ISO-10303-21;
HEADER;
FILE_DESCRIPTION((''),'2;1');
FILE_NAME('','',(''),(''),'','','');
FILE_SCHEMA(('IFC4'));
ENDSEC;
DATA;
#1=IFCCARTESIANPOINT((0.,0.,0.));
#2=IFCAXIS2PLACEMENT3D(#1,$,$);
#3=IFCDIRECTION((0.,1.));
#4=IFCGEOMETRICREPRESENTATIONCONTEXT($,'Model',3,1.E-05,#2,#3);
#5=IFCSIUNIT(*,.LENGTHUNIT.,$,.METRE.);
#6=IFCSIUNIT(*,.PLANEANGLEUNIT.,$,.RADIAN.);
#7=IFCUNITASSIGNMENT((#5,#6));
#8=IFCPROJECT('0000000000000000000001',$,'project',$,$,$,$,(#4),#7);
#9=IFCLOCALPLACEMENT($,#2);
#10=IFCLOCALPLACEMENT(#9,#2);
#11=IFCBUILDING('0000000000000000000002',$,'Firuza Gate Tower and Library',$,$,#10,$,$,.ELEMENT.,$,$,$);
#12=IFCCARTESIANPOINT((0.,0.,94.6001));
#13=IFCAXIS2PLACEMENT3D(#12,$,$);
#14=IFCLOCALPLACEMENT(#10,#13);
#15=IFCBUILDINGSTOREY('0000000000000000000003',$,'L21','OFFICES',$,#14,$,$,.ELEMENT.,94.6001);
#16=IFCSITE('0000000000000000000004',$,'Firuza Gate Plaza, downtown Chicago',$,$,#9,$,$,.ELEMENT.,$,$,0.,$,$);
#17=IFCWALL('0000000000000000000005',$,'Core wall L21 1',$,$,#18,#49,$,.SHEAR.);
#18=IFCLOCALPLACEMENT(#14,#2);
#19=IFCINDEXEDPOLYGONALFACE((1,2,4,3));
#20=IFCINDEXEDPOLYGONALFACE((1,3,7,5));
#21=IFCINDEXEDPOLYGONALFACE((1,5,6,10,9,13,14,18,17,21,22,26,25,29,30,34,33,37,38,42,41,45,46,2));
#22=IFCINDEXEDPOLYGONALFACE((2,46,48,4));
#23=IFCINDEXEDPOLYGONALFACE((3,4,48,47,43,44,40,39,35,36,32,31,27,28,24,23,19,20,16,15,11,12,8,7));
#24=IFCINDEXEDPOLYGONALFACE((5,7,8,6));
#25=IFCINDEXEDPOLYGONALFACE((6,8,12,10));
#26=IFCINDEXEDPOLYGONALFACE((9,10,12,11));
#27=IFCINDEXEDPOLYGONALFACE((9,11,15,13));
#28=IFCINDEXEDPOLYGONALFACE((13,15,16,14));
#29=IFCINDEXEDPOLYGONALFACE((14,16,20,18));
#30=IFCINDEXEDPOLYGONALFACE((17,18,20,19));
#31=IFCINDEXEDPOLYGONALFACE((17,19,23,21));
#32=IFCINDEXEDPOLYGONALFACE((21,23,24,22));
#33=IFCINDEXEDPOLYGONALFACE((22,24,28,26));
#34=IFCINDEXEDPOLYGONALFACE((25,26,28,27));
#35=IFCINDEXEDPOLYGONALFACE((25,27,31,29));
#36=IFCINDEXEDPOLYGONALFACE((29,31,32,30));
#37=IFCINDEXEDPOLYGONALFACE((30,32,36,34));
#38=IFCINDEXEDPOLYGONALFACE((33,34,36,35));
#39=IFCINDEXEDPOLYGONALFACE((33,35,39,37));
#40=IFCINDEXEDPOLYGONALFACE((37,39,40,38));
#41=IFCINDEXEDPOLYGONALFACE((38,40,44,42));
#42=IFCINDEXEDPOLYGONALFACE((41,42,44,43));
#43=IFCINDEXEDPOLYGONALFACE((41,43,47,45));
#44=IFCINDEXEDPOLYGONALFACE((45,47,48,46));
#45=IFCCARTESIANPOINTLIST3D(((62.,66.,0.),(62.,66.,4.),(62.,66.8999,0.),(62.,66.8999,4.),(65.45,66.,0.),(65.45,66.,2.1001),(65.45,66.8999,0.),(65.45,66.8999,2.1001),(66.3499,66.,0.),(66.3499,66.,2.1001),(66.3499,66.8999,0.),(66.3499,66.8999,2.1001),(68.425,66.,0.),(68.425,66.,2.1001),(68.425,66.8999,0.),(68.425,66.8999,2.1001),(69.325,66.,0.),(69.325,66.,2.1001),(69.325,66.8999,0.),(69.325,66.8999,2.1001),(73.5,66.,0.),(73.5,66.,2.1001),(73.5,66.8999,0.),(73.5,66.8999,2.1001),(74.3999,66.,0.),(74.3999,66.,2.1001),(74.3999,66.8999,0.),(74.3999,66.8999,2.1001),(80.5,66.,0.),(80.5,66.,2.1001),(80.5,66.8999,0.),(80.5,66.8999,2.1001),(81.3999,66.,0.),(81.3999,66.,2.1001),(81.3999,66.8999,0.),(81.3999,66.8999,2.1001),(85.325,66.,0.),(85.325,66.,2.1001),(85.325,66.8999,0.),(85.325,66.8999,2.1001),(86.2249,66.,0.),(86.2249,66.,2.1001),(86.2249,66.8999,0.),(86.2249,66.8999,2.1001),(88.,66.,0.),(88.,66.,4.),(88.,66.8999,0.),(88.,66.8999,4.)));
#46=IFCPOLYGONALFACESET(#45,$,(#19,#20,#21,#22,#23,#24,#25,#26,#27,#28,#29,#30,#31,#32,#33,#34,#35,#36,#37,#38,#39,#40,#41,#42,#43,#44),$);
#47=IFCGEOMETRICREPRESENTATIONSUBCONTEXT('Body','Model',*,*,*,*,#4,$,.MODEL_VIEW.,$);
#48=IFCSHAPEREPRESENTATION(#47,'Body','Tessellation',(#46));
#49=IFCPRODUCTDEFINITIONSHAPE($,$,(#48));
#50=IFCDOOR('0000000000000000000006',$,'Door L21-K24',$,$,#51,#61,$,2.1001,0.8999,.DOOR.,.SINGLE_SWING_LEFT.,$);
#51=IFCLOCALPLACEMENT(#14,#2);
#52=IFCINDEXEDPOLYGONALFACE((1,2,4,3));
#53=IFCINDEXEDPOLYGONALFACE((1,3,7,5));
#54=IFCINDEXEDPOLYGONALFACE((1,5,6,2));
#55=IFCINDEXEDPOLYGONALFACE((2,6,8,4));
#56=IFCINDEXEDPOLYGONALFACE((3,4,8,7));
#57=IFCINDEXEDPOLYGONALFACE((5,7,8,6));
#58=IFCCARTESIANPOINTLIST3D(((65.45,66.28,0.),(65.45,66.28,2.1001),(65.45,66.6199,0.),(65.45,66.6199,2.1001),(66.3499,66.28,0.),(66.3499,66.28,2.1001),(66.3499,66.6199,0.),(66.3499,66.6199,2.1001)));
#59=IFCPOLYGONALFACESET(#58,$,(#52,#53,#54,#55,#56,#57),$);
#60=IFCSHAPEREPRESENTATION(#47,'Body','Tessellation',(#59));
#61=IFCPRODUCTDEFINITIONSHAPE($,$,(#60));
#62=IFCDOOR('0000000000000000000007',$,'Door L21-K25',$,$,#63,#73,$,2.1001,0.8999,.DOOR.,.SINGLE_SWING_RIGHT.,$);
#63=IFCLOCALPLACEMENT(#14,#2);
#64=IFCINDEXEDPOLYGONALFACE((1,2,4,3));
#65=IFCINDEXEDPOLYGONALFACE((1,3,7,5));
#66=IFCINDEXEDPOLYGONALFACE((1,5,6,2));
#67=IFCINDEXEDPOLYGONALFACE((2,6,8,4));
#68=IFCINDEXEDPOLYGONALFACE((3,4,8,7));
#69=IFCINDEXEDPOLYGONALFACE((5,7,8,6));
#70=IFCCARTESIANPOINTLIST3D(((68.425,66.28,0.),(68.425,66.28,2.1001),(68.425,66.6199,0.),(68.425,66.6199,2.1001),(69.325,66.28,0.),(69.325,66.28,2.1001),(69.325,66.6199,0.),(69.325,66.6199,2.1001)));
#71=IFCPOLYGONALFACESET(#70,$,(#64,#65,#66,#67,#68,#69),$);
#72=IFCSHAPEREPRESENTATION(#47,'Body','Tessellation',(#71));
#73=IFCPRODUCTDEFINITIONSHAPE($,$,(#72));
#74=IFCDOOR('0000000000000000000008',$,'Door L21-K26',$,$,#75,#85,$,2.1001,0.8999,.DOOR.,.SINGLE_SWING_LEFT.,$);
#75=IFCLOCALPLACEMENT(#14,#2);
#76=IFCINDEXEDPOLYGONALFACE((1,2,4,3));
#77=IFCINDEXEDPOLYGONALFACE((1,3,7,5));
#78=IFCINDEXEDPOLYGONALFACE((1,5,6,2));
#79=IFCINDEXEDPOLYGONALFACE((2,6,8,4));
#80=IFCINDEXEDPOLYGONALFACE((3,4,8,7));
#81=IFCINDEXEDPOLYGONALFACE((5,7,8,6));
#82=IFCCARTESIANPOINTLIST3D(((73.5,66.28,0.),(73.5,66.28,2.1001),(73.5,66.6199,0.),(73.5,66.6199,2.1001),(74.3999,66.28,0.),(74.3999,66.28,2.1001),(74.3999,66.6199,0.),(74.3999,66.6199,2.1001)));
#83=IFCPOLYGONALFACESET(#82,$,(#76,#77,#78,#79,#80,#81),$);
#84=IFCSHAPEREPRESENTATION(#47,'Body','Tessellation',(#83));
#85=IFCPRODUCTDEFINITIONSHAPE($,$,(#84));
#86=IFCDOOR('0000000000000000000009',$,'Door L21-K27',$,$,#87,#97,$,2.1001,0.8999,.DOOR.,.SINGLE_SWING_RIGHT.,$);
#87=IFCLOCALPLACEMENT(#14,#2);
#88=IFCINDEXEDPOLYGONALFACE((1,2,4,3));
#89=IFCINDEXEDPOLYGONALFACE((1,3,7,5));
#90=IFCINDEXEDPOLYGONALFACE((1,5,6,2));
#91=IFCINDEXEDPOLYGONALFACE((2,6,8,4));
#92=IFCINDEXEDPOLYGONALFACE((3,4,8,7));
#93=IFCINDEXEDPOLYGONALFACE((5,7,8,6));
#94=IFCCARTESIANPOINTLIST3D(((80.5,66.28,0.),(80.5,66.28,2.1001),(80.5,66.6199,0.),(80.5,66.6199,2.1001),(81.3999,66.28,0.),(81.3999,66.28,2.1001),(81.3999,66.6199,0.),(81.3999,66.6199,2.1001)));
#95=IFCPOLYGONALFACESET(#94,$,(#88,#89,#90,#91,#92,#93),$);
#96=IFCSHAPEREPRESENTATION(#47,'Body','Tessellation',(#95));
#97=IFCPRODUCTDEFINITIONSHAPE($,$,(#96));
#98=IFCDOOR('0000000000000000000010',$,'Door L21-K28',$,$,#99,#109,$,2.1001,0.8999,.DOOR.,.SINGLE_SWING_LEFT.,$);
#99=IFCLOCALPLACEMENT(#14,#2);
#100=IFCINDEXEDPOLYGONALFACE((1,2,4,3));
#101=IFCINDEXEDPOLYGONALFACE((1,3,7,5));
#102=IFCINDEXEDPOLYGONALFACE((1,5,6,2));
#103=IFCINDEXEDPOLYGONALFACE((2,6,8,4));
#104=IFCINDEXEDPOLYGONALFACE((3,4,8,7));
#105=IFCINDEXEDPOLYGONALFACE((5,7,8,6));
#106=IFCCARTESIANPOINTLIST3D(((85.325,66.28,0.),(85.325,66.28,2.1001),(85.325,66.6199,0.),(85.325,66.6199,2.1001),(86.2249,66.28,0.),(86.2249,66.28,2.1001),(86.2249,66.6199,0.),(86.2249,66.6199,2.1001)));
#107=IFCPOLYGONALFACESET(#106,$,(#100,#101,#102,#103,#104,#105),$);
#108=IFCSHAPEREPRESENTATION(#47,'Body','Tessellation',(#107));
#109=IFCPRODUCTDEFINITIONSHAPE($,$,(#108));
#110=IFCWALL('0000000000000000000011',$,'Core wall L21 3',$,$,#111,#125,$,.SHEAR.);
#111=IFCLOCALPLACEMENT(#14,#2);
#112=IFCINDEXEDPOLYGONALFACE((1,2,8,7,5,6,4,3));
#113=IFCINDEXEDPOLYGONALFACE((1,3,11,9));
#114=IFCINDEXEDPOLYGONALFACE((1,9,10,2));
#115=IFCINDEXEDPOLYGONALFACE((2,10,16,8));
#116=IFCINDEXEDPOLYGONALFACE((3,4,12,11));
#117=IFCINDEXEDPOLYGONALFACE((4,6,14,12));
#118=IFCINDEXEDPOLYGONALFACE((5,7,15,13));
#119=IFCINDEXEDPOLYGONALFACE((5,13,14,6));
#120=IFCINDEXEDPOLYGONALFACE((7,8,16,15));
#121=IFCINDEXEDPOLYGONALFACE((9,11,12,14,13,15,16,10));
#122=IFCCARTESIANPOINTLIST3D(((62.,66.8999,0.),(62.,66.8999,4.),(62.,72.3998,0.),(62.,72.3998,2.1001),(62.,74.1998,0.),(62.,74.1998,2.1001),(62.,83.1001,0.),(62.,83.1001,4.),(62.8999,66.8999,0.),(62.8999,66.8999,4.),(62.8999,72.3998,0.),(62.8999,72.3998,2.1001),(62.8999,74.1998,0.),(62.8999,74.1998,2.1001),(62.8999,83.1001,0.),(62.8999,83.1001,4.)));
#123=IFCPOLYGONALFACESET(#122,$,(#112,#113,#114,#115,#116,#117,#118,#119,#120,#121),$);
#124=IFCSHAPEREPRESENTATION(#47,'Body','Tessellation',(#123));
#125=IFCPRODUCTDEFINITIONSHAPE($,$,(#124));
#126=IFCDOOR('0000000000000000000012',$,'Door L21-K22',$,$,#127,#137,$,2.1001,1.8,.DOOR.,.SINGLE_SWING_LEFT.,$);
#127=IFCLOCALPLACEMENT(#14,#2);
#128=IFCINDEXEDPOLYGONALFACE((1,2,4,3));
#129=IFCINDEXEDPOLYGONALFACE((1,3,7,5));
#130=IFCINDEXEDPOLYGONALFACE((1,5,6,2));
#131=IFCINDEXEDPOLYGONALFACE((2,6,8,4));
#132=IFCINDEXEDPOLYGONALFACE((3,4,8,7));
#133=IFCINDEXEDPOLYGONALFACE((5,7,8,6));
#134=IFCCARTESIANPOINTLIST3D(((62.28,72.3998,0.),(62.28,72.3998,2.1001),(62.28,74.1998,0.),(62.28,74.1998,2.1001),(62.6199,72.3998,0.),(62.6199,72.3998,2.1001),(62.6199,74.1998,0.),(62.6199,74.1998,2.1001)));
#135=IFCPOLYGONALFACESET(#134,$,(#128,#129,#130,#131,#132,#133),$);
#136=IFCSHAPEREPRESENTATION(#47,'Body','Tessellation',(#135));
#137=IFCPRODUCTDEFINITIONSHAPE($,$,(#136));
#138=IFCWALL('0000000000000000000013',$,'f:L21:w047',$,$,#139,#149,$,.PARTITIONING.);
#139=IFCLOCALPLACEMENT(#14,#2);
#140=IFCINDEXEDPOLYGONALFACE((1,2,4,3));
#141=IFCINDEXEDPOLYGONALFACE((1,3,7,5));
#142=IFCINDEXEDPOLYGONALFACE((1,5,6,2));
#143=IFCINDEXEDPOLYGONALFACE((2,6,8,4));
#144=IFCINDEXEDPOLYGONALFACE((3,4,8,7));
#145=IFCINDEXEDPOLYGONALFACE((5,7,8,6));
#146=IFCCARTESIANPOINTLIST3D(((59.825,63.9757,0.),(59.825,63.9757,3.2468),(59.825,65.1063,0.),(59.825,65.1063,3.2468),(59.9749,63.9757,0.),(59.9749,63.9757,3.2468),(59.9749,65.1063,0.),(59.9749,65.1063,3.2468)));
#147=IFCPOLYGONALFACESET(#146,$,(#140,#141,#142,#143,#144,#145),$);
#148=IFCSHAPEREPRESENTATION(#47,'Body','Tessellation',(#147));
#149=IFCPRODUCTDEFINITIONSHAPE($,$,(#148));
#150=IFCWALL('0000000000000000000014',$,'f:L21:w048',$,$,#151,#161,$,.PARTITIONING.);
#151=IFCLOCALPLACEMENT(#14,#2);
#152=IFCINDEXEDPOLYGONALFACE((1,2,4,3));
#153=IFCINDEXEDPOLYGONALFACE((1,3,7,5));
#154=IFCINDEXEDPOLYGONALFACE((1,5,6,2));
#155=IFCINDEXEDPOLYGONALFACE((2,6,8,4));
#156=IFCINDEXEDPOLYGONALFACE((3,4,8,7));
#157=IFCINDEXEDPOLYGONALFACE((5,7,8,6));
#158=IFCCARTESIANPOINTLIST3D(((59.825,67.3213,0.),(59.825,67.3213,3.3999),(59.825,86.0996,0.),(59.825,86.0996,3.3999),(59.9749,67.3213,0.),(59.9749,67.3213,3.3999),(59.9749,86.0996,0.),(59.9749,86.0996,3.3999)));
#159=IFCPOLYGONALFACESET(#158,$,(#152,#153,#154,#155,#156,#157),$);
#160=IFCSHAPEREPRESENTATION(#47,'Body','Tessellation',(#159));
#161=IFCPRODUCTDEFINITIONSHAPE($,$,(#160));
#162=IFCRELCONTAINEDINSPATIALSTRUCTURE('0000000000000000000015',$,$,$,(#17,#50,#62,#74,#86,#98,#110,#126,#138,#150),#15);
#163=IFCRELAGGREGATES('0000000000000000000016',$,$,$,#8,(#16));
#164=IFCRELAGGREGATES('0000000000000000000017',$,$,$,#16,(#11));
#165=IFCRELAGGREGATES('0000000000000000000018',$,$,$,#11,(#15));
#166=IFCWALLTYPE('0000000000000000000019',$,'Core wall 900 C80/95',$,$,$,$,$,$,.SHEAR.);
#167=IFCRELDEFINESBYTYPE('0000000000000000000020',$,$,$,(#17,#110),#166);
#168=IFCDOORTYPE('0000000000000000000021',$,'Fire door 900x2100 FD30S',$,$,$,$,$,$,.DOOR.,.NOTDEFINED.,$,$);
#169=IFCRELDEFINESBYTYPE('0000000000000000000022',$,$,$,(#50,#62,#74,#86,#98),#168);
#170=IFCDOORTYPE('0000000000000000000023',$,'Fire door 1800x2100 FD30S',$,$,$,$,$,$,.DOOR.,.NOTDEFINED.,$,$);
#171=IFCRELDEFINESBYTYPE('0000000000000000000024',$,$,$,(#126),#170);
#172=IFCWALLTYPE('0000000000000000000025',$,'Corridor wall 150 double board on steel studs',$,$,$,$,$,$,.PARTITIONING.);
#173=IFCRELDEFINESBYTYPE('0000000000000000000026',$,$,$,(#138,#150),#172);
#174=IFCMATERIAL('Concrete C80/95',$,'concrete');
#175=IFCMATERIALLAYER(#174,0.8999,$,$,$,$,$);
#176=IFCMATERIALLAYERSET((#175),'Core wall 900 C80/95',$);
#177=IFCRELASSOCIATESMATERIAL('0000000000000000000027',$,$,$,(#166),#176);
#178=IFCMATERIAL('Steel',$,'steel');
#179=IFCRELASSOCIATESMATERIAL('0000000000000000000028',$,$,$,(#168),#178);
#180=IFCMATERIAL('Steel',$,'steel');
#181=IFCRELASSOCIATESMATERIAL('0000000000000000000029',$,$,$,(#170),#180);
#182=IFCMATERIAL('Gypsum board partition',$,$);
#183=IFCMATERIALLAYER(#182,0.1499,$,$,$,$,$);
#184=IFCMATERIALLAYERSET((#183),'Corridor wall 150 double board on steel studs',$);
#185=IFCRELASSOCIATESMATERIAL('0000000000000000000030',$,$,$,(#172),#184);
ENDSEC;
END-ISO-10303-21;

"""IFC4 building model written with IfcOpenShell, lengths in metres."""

from ifc_helpers import new_model, si_unit, direction, frame, frame_2d, origin, place, context, subcontext, project, spatial, rectangle, extrude, material, layer, layer_set, type_object, element, fill, save


model = new_model("IFC4")

# Units and contexts
model_context = context("Model", 3, precision=1e-05, world=origin(), true_north=direction((0.0, 1.0)))
body_context = subcontext(model_context, "Body", "Model", "MODEL_VIEW")
ifc_project = project(units=[si_unit("LENGTHUNIT", "METRE"), si_unit("PLANEANGLEUNIT", "RADIAN")], contexts=[model_context])

# Site, building, storey
site_placement = place(None, origin())
site = spatial("IfcSite", under=ifc_project, at=site_placement, Name="Firuza Gate Plaza, downtown Chicago", CompositionType="ELEMENT", RefElevation=0.0)
building_placement = place(site_placement, origin())
building = spatial("IfcBuilding", under=site, at=building_placement, Name="Firuza Gate Tower and Library", CompositionType="ELEMENT")
storey_placement = place(building_placement, frame((0.0, 0.0, 94.6001)))
storey = spatial("IfcBuildingStorey", under=building, at=storey_placement, Name="L21", Description="OFFICES", CompositionType="ELEMENT", Elevation=94.6001)

# Wall, openings, doors
ifc_material_1 = material(Name="Concrete C80/95", Category="concrete")
ifc_layer_1 = layer(ifc_material_1, 0.8999)
ifc_layer_set_1 = layer_set([ifc_layer_1], Name="Core wall 900 C80/95")
wall_type_1 = type_object("IfcWallType", Name="Core wall 900 C80/95", PredefinedType="SHEAR", material=ifc_layer_set_1)
wall_1_placement = place(storey_placement, frame((62.0, 66.45, 0.0), z_axis=(0.0, 0.0, 1.0), x_axis=(1.0, 0.0, 0.0)))
wall_1 = element("IfcWall", 1, at=wall_1_placement, inside=storey, type_object=wall_type_1, Name="Core wall L21 1", PredefinedType="SHEAR", context=body_context, shape_type="SweptSolid", body=[
    extrude(rectangle(XDim=26.0, YDim=0.8999, at=frame_2d((13.0, 0.0))), origin(), (0.0, 0.0, 1.0), 4.0),
])
opening_1_placement = place(wall_1_placement, frame((3.45, 0.0, 0.0)))
opening_1 = element("IfcOpeningElement", 2, at=opening_1_placement, cuts=wall_1, PredefinedType="OPENING", context=body_context, shape_type="SweptSolid", body=[
    extrude(rectangle(XDim=0.8999, YDim=2.1001, at=frame_2d((0.45, 1.05))), frame((0.0, 0.46, 0.0), z_axis=(0.0, -1.0, 0.0), x_axis=(1.0, 0.0, 0.0)), (0.0, 0.0, 1.0), 0.9199),
])
opening_2_placement = place(wall_1_placement, frame((6.425, 0.0, 0.0)))
opening_2 = element("IfcOpeningElement", 3, at=opening_2_placement, cuts=wall_1, PredefinedType="OPENING", context=body_context, shape_type="SweptSolid", body=[
    extrude(rectangle(XDim=0.8999, YDim=2.1001, at=frame_2d((0.45, 1.05))), frame((0.0, 0.46, 0.0), z_axis=(0.0, -1.0, 0.0), x_axis=(1.0, 0.0, 0.0)), (0.0, 0.0, 1.0), 0.9199),
])
opening_3_placement = place(wall_1_placement, frame((11.5, 0.0, 0.0)))
opening_3 = element("IfcOpeningElement", 4, at=opening_3_placement, cuts=wall_1, PredefinedType="OPENING", context=body_context, shape_type="SweptSolid", body=[
    extrude(rectangle(XDim=0.8999, YDim=2.1001, at=frame_2d((0.45, 1.05))), frame((0.0, 0.46, 0.0), z_axis=(0.0, -1.0, 0.0), x_axis=(1.0, 0.0, 0.0)), (0.0, 0.0, 1.0), 0.9199),
])
opening_4_placement = place(wall_1_placement, frame((18.5, 0.0, 0.0)))
opening_4 = element("IfcOpeningElement", 5, at=opening_4_placement, cuts=wall_1, PredefinedType="OPENING", context=body_context, shape_type="SweptSolid", body=[
    extrude(rectangle(XDim=0.8999, YDim=2.1001, at=frame_2d((0.45, 1.05))), frame((0.0, 0.46, 0.0), z_axis=(0.0, -1.0, 0.0), x_axis=(1.0, 0.0, 0.0)), (0.0, 0.0, 1.0), 0.9199),
])
opening_5_placement = place(wall_1_placement, frame((23.325, 0.0, 0.0)))
opening_5 = element("IfcOpeningElement", 6, at=opening_5_placement, cuts=wall_1, PredefinedType="OPENING", context=body_context, shape_type="SweptSolid", body=[
    extrude(rectangle(XDim=0.8999, YDim=2.1001, at=frame_2d((0.45, 1.05))), frame((0.0, 0.46, 0.0), z_axis=(0.0, -1.0, 0.0), x_axis=(1.0, 0.0, 0.0)), (0.0, 0.0, 1.0), 0.9199),
])
ifc_material_2 = material(Name="Steel", Category="steel")
door_type_1 = type_object("IfcDoorType", Name="Fire door 900x2100 FD30S", OperationType="NOTDEFINED", PredefinedType="DOOR", material=ifc_material_2)
door_1_placement = place(opening_1_placement, origin())
door_1 = element("IfcDoor", 7, at=door_1_placement, inside=storey, type_object=door_type_1, Name="Door L21-K24", OperationType="SINGLE_SWING_LEFT", OverallHeight=2.1001, OverallWidth=0.8999, PredefinedType="DOOR", context=body_context, shape_type="SweptSolid", body=[
    extrude(rectangle(XDim=0.8999, YDim=2.1001, at=frame_2d((0.45, 1.05))), frame((0.0, 0.1699, 0.0), z_axis=(0.0, -1.0, 0.0), x_axis=(1.0, 0.0, 0.0)), (0.0, 0.0, 1.0), 0.3398),
])
fill(opening_1, door_1)
door_2_placement = place(opening_2_placement, origin())
door_2 = element("IfcDoor", 8, at=door_2_placement, inside=storey, type_object=door_type_1, Name="Door L21-K25", OperationType="SINGLE_SWING_RIGHT", OverallHeight=2.1001, OverallWidth=0.8999, PredefinedType="DOOR", context=body_context, shape_type="SweptSolid", body=[
    extrude(rectangle(XDim=0.8999, YDim=2.1001, at=frame_2d((0.45, 1.05))), frame((0.0, 0.1699, 0.0), z_axis=(0.0, -1.0, 0.0), x_axis=(1.0, 0.0, 0.0)), (0.0, 0.0, 1.0), 0.3398),
])
fill(opening_2, door_2)
door_3_placement = place(opening_3_placement, origin())
door_3 = element("IfcDoor", 9, at=door_3_placement, inside=storey, type_object=door_type_1, Name="Door L21-K26", OperationType="SINGLE_SWING_LEFT", OverallHeight=2.1001, OverallWidth=0.8999, PredefinedType="DOOR", context=body_context, shape_type="SweptSolid", body=[
    extrude(rectangle(XDim=0.8999, YDim=2.1001, at=frame_2d((0.45, 1.05))), frame((0.0, 0.1699, 0.0), z_axis=(0.0, -1.0, 0.0), x_axis=(1.0, 0.0, 0.0)), (0.0, 0.0, 1.0), 0.3398),
])
fill(opening_3, door_3)
door_4_placement = place(opening_4_placement, origin())
door_4 = element("IfcDoor", 10, at=door_4_placement, inside=storey, type_object=door_type_1, Name="Door L21-K27", OperationType="SINGLE_SWING_RIGHT", OverallHeight=2.1001, OverallWidth=0.8999, PredefinedType="DOOR", context=body_context, shape_type="SweptSolid", body=[
    extrude(rectangle(XDim=0.8999, YDim=2.1001, at=frame_2d((0.45, 1.05))), frame((0.0, 0.1699, 0.0), z_axis=(0.0, -1.0, 0.0), x_axis=(1.0, 0.0, 0.0)), (0.0, 0.0, 1.0), 0.3398),
])
fill(opening_4, door_4)
door_5_placement = place(opening_5_placement, origin())
door_5 = element("IfcDoor", 11, at=door_5_placement, inside=storey, type_object=door_type_1, Name="Door L21-K28", OperationType="SINGLE_SWING_LEFT", OverallHeight=2.1001, OverallWidth=0.8999, PredefinedType="DOOR", context=body_context, shape_type="SweptSolid", body=[
    extrude(rectangle(XDim=0.8999, YDim=2.1001, at=frame_2d((0.45, 1.05))), frame((0.0, 0.1699, 0.0), z_axis=(0.0, -1.0, 0.0), x_axis=(1.0, 0.0, 0.0)), (0.0, 0.0, 1.0), 0.3398),
])
fill(opening_5, door_5)

# Wall, opening, door
wall_2_placement = place(storey_placement, frame((62.45, 66.8999, 0.0), z_axis=(0.0, 0.0, 1.0), x_axis=(0.0, 1.0, 0.0)))
wall_2 = element("IfcWall", 12, at=wall_2_placement, inside=storey, type_object=wall_type_1, Name="Core wall L21 3", PredefinedType="SHEAR", context=body_context, shape_type="SweptSolid", body=[
    extrude(rectangle(XDim=16.2002, YDim=0.8999, at=frame_2d((8.1001, 0.0))), origin(), (0.0, 0.0, 1.0), 4.0),
])
opening_6_placement = place(wall_2_placement, frame((5.5, 0.0, 0.0)))
opening_6 = element("IfcOpeningElement", 13, at=opening_6_placement, cuts=wall_2, PredefinedType="OPENING", context=body_context, shape_type="SweptSolid", body=[
    extrude(rectangle(XDim=1.8, YDim=2.1001, at=frame_2d((0.8999, 1.05))), frame((0.0, 0.46, 0.0), z_axis=(0.0, -1.0, 0.0), x_axis=(1.0, 0.0, 0.0)), (0.0, 0.0, 1.0), 0.9199),
])
ifc_material_3 = material(Name="Steel", Category="steel")
door_type_2 = type_object("IfcDoorType", Name="Fire door 1800x2100 FD30S", OperationType="NOTDEFINED", PredefinedType="DOOR", material=ifc_material_3)
door_6_placement = place(opening_6_placement, origin())
door_6 = element("IfcDoor", 14, at=door_6_placement, inside=storey, type_object=door_type_2, Name="Door L21-K22", OperationType="SINGLE_SWING_LEFT", OverallHeight=2.1001, OverallWidth=1.8, PredefinedType="DOOR", context=body_context, shape_type="SweptSolid", body=[
    extrude(rectangle(XDim=1.8, YDim=2.1001, at=frame_2d((0.8999, 1.05))), frame((0.0, 0.1699, 0.0), z_axis=(0.0, -1.0, 0.0), x_axis=(1.0, 0.0, 0.0)), (0.0, 0.0, 1.0), 0.3398),
])
fill(opening_6, door_6)

# Walls
ifc_material_4 = material(Name="Gypsum board partition")
ifc_layer_2 = layer(ifc_material_4, 0.1499)
ifc_layer_set_2 = layer_set([ifc_layer_2], Name="Corridor wall 150 double board on steel studs")
wall_type_2 = type_object("IfcWallType", Name="Corridor wall 150 double board on steel studs", PredefinedType="PARTITIONING", material=ifc_layer_set_2)
wall_3_placement = place(storey_placement, frame((59.8999, 63.9756, 0.0), z_axis=(0.0, 0.0, 1.0), x_axis=(0.0, 1.0, 0.0)))
element("IfcWall", 15, at=wall_3_placement, inside=storey, type_object=wall_type_2, Name="f:L21:w047", PredefinedType="PARTITIONING", context=body_context, shape_type="SweptSolid", body=[
    extrude(rectangle(XDim=1.1306, YDim=0.1499, at=frame_2d((0.5654, 0.0))), origin(), (0.0, 0.0, 1.0), 3.2468),
])
wall_4_placement = place(storey_placement, frame((59.8999, 67.3213, 0.0), z_axis=(0.0, 0.0, 1.0), x_axis=(0.0, 1.0, 0.0)))
element("IfcWall", 16, at=wall_4_placement, inside=storey, type_object=wall_type_2, Name="f:L21:w048", PredefinedType="PARTITIONING", context=body_context, shape_type="SweptSolid", body=[
    extrude(rectangle(XDim=18.7783, YDim=0.1499, at=frame_2d((9.3892, 0.0))), origin(), (0.0, 0.0, 1.0), 3.3999),
])

save(model, "model.ifc")
